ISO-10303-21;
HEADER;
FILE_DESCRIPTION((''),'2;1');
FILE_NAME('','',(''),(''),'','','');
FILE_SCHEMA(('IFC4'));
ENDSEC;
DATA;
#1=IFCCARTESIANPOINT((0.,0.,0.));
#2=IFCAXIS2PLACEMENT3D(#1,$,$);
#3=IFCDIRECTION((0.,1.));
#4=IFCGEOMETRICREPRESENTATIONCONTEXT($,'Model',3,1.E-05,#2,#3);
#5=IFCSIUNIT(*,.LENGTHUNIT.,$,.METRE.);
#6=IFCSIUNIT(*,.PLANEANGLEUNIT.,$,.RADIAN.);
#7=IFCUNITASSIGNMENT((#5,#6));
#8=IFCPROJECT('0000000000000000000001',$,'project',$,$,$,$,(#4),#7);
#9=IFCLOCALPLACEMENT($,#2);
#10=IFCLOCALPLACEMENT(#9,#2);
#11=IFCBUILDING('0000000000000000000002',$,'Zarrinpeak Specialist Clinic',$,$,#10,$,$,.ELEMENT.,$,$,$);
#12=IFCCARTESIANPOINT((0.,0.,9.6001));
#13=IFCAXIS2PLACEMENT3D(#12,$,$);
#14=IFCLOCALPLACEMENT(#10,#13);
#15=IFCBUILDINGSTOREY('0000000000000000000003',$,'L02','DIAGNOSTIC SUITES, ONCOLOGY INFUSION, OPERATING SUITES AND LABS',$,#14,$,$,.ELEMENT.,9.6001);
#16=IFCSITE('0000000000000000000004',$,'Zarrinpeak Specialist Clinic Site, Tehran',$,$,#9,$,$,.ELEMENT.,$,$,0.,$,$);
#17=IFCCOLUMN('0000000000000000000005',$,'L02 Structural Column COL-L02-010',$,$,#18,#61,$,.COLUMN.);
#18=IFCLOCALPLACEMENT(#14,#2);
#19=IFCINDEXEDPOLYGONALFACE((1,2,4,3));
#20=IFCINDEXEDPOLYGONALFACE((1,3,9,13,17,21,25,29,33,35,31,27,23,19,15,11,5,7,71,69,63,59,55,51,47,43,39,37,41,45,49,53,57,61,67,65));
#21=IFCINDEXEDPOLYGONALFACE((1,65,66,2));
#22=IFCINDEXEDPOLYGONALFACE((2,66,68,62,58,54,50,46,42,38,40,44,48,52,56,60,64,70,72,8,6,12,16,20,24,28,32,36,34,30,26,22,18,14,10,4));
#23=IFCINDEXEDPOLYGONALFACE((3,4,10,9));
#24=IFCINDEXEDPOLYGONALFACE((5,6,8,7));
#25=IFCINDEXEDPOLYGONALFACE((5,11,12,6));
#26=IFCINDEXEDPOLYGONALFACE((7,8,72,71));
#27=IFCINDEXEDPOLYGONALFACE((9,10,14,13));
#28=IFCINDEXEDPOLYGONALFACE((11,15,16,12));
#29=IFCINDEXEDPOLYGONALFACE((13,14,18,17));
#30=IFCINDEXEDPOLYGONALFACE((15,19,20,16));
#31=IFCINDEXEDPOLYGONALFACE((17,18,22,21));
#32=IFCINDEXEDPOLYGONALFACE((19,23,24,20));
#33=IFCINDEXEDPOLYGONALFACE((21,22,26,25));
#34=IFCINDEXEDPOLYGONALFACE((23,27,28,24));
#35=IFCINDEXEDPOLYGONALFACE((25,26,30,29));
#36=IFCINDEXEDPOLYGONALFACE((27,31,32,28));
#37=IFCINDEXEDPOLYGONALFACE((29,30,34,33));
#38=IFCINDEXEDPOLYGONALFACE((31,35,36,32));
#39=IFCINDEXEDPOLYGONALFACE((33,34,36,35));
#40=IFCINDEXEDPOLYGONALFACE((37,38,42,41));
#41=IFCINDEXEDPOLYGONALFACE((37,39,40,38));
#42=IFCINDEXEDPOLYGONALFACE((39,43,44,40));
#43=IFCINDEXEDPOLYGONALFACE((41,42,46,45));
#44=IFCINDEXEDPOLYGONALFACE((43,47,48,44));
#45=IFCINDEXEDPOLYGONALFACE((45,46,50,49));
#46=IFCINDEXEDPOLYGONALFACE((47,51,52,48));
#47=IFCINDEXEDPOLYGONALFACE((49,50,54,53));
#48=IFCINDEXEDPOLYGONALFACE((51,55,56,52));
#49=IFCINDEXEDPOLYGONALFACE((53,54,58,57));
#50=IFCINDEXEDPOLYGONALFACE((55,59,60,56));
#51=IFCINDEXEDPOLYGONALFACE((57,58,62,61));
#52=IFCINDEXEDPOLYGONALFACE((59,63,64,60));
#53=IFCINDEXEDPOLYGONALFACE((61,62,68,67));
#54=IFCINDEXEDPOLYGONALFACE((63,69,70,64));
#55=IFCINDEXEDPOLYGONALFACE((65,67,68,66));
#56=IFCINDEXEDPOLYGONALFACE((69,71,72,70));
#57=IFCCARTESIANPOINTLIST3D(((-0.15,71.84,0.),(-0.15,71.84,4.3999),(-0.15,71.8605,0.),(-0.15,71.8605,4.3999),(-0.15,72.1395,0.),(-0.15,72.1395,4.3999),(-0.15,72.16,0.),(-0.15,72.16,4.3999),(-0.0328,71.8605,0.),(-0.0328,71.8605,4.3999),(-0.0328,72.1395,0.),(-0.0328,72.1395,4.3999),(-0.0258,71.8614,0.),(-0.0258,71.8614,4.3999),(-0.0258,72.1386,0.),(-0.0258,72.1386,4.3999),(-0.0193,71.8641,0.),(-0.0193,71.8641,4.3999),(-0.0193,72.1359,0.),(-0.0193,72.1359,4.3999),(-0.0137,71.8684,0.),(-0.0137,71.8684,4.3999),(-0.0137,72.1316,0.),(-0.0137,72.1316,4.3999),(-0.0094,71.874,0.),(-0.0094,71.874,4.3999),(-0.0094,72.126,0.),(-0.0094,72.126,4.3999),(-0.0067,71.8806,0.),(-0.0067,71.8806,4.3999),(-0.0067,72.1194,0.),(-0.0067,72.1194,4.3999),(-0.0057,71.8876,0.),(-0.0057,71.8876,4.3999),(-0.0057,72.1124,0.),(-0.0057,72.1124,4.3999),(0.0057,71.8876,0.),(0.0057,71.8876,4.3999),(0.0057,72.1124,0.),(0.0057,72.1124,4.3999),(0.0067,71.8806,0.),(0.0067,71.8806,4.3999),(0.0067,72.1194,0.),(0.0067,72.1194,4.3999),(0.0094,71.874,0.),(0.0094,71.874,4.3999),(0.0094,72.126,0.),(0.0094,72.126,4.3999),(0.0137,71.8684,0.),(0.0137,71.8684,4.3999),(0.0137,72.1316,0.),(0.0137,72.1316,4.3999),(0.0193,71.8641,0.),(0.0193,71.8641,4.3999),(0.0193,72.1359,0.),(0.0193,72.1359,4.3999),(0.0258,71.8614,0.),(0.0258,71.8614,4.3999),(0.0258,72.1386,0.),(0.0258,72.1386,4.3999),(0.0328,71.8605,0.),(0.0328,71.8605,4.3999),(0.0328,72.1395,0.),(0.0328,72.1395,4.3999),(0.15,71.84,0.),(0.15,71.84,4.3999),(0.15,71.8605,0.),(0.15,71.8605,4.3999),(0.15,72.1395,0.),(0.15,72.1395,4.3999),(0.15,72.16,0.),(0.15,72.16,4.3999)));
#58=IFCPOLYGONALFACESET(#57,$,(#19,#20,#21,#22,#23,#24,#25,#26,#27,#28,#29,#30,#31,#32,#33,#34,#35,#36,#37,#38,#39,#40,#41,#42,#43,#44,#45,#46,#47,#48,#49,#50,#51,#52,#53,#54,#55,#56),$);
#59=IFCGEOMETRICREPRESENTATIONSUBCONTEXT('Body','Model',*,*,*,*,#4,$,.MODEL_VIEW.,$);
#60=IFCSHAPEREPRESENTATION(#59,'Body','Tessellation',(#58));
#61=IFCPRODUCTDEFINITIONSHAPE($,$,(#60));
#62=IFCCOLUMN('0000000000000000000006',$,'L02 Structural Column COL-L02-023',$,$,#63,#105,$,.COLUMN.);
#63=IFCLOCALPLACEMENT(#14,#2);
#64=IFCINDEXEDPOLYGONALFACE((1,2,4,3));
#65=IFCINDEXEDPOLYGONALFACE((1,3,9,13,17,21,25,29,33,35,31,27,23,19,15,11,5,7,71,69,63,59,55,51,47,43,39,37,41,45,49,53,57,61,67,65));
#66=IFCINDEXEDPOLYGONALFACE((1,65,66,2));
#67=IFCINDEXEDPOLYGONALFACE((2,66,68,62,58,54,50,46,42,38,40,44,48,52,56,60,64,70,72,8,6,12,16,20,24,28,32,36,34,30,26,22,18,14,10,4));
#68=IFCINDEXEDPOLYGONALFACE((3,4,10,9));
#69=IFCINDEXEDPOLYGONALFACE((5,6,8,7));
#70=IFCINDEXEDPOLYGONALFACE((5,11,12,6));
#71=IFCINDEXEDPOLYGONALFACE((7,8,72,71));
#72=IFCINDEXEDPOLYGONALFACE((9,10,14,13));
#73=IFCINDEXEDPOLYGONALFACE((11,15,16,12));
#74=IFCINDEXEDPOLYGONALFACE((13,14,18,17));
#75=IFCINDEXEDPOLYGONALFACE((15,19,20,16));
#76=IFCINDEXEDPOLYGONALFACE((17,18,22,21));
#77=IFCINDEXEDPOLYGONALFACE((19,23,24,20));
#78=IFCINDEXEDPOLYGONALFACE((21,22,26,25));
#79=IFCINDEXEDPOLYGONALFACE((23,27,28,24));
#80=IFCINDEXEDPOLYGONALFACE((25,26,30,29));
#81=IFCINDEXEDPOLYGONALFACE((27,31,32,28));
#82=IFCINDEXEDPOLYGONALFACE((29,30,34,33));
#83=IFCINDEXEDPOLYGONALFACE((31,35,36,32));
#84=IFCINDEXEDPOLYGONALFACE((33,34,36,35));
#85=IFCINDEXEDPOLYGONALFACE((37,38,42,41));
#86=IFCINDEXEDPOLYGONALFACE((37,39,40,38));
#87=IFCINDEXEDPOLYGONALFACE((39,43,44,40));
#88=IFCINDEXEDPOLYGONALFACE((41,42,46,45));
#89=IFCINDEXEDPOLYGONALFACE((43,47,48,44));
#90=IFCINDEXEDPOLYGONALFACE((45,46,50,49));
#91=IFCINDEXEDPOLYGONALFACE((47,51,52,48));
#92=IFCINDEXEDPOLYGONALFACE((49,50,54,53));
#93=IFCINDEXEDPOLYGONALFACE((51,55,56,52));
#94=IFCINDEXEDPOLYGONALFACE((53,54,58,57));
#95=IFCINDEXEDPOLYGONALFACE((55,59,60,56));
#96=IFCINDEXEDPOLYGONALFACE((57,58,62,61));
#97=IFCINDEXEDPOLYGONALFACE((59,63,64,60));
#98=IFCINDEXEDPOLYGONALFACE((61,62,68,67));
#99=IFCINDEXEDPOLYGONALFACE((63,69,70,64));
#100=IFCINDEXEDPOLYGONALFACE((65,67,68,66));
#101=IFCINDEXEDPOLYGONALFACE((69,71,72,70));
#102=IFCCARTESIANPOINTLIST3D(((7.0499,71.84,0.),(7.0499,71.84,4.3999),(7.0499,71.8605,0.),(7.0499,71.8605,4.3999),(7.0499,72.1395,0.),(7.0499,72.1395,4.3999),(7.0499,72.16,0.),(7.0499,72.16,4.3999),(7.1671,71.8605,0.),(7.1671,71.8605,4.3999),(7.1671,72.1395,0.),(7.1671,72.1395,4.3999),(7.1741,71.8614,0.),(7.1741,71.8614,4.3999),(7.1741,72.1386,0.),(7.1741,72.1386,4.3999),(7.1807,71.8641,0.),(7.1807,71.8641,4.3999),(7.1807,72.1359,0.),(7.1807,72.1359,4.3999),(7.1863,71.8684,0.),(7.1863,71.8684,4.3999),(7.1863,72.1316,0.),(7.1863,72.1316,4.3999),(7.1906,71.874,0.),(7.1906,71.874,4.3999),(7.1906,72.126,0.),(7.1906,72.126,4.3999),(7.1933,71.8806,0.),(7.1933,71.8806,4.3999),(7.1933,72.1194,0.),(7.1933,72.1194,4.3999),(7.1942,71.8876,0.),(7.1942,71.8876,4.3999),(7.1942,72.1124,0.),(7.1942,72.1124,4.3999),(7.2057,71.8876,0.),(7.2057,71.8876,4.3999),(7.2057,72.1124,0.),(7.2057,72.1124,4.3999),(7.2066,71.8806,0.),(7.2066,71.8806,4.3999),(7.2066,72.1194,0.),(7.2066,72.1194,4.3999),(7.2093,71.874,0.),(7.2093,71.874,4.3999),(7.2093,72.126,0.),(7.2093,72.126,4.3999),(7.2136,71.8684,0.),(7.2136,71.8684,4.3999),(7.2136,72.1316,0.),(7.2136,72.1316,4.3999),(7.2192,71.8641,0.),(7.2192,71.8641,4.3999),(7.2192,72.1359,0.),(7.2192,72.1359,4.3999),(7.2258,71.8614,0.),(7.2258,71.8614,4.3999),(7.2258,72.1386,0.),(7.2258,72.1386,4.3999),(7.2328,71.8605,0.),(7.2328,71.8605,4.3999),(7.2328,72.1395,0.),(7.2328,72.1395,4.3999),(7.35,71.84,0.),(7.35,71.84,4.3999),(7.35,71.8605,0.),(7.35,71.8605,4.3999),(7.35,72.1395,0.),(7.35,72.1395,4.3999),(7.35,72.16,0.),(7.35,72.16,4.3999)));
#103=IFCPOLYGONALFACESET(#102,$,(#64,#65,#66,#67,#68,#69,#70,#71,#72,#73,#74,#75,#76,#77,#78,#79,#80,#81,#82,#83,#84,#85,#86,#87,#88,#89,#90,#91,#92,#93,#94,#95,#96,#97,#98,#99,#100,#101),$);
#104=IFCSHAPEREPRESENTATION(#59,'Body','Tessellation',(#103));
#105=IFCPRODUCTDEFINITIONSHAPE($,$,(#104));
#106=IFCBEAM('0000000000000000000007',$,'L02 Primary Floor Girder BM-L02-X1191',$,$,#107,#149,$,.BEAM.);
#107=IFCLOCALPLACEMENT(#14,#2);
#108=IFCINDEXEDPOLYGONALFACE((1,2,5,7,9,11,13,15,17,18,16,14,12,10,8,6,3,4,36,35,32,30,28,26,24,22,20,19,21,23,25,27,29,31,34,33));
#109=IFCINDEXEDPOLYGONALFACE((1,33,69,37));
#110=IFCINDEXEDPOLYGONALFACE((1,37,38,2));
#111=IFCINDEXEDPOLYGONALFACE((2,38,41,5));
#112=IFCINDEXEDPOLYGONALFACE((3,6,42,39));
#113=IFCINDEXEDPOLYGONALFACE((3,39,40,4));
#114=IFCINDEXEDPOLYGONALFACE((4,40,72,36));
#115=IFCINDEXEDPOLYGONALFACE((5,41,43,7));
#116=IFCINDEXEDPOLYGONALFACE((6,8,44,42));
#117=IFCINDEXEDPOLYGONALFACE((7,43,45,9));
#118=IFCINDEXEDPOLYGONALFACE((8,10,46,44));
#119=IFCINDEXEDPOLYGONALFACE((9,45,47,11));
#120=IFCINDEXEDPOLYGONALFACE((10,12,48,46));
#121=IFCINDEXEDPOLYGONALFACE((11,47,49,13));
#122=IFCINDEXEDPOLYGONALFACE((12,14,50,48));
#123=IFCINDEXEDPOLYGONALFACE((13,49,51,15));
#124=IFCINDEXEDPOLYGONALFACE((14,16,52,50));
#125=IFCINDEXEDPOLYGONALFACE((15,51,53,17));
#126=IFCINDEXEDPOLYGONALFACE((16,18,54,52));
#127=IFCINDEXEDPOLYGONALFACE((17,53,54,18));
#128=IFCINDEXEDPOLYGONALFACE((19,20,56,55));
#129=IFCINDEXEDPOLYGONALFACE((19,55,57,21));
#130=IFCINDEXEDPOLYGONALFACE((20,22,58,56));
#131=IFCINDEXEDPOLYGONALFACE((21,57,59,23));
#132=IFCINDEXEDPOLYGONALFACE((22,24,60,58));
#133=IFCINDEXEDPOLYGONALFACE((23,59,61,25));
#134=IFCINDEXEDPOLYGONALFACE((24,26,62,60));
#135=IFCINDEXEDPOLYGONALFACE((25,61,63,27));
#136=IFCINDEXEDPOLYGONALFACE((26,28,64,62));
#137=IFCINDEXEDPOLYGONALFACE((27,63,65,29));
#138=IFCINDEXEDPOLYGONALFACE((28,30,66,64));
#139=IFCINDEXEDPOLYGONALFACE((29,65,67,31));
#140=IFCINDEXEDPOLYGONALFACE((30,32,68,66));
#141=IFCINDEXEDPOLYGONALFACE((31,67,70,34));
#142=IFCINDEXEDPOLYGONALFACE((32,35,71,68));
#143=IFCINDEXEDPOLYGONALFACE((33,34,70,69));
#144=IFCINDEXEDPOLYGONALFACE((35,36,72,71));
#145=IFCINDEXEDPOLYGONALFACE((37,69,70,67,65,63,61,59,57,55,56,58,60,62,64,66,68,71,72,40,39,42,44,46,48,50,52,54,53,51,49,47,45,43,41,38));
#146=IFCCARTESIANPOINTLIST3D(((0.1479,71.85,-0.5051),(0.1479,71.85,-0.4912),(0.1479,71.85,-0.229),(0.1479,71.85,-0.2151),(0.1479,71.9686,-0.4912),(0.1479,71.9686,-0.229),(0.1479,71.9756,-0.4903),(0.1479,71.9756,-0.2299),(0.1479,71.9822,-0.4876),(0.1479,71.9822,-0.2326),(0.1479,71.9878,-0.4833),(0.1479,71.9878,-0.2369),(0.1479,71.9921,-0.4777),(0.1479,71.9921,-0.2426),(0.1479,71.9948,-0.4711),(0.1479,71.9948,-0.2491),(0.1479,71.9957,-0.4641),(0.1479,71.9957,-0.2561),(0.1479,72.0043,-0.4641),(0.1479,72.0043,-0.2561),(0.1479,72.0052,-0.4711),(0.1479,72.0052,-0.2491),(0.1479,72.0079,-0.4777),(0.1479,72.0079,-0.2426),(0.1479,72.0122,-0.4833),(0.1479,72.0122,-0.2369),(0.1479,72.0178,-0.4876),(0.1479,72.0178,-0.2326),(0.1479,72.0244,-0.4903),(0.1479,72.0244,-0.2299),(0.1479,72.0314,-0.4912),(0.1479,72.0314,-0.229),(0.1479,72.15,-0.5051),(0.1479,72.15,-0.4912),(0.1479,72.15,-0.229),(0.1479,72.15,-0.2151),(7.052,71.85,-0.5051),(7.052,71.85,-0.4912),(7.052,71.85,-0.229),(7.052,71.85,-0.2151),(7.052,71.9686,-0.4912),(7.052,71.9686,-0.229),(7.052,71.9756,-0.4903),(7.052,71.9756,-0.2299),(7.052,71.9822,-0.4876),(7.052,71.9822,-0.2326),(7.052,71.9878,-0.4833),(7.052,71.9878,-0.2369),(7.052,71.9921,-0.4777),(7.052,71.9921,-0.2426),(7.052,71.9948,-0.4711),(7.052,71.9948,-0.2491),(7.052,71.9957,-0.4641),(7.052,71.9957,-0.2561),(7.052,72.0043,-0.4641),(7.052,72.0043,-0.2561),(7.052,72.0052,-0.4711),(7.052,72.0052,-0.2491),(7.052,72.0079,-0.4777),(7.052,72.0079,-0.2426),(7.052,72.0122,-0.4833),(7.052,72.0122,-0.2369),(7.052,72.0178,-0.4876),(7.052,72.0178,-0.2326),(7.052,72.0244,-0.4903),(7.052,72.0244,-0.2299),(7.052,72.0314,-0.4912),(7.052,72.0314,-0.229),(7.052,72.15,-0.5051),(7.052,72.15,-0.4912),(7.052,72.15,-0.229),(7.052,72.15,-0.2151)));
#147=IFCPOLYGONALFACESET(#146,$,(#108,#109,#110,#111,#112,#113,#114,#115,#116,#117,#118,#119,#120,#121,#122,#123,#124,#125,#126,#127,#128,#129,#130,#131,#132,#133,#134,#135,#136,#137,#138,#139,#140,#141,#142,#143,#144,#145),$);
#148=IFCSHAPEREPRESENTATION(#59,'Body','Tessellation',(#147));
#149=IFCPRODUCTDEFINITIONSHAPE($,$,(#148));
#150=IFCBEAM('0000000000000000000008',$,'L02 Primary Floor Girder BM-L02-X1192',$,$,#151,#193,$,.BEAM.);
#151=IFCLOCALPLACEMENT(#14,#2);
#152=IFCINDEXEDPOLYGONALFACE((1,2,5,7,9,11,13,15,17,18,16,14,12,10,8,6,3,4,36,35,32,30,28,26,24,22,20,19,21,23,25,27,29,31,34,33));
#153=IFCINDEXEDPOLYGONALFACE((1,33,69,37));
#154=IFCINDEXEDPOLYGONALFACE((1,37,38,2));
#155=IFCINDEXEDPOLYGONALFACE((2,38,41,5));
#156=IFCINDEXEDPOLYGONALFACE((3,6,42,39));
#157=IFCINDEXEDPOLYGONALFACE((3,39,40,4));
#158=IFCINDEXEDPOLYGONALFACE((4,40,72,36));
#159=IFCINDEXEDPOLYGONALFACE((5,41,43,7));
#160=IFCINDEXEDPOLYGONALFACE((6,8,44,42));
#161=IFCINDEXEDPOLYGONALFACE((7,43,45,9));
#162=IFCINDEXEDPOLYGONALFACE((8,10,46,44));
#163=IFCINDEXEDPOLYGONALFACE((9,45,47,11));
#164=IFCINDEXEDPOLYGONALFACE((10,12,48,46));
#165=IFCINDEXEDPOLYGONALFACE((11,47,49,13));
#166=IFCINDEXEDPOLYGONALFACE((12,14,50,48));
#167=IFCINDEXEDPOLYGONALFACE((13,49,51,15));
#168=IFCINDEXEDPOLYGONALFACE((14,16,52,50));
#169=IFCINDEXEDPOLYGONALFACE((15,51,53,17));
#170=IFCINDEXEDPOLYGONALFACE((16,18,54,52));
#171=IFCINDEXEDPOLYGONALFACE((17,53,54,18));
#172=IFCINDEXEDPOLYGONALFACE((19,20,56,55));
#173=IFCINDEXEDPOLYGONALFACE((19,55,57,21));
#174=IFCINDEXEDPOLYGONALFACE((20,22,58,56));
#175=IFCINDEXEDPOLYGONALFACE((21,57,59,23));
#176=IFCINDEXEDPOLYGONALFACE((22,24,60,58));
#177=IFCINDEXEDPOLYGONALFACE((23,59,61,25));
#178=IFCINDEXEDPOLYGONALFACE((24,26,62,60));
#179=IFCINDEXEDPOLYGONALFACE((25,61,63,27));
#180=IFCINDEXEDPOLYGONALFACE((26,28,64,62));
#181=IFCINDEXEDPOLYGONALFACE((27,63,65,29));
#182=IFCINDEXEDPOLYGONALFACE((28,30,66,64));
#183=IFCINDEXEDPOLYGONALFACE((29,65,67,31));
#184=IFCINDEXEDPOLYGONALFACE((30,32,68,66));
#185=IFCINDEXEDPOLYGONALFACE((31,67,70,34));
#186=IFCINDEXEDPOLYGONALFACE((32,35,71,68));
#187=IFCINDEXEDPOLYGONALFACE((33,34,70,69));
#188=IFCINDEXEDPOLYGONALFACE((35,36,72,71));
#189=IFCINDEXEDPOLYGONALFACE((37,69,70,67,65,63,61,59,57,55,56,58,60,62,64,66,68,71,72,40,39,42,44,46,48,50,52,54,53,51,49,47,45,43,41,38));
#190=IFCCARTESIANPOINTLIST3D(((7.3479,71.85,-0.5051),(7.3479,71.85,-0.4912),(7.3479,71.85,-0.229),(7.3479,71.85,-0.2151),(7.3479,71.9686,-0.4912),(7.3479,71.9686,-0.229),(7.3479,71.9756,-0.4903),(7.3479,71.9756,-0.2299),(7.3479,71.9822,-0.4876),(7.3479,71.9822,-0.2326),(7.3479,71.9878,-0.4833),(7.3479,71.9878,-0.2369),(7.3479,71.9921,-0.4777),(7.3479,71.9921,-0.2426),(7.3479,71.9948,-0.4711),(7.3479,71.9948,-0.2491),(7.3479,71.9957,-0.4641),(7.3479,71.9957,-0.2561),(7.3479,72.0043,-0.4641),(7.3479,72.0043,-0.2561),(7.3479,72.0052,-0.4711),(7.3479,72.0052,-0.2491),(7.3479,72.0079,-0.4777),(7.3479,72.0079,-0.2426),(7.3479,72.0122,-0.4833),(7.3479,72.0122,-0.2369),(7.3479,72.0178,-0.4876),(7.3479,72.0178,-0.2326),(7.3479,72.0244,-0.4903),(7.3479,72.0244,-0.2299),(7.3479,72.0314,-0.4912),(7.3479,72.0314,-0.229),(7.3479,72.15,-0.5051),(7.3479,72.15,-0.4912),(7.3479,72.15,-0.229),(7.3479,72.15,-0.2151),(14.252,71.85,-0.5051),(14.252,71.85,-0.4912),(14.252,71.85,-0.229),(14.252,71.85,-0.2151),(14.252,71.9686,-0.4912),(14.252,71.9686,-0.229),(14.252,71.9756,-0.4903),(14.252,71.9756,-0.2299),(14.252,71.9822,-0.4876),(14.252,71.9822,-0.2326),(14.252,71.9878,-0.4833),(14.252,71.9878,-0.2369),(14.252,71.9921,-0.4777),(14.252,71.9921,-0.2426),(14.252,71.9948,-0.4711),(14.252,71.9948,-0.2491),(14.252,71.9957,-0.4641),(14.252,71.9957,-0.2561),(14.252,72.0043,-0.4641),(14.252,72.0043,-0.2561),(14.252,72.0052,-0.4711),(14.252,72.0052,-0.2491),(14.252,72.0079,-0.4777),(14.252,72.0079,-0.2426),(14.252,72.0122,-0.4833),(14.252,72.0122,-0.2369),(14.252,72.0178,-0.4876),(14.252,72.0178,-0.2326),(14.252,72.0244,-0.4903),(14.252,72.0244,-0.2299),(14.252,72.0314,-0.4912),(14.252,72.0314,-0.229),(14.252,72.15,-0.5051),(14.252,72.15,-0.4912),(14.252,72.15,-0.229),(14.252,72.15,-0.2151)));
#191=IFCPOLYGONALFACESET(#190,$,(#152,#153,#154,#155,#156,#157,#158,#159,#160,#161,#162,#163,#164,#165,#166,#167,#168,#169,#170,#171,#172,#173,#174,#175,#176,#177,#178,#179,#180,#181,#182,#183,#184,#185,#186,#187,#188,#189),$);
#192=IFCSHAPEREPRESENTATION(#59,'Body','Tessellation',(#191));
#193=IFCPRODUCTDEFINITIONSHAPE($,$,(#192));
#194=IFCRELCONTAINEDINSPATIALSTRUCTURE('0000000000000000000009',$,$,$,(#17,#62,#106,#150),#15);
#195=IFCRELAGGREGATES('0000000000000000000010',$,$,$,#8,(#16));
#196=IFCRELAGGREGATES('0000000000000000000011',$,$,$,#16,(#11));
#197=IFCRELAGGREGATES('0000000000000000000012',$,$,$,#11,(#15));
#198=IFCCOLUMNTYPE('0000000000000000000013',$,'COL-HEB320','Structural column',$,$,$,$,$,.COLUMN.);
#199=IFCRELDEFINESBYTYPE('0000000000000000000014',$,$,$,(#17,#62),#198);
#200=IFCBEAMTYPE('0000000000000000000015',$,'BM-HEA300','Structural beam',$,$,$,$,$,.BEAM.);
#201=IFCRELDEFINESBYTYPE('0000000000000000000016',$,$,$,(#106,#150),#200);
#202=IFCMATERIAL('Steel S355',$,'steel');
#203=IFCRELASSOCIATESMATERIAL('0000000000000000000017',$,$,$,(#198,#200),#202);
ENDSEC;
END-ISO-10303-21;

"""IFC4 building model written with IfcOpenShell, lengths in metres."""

from ifc_helpers import new_model, si_unit, direction, frame, origin, origin_2d, place, context, subcontext, project, spatial, i_section, extrude, material, material_profile, profile_set, type_object, element, save


model = new_model("IFC4")

# Units and contexts
model_context = context("Model", 3, precision=1e-05, world=origin(), true_north=direction((0.0, 1.0)))
body_context = subcontext(model_context, "Body", "Model", "MODEL_VIEW")
ifc_project = project(units=[si_unit("LENGTHUNIT", "METRE"), si_unit("PLANEANGLEUNIT", "RADIAN")], contexts=[model_context])

# Site, building, storey
site_placement = place(None, origin())
site = spatial("IfcSite", under=ifc_project, at=site_placement, Name="Zarrinpeak Specialist Clinic Site, Tehran", CompositionType="ELEMENT", RefElevation=0.0)
building_placement = place(site_placement, origin())
building = spatial("IfcBuilding", under=site, at=building_placement, Name="Zarrinpeak Specialist Clinic", CompositionType="ELEMENT")
storey_placement = place(building_placement, frame((0.0, 0.0, 9.6001)))
storey = spatial("IfcBuildingStorey", under=building, at=storey_placement, Name="L02", Description="DIAGNOSTIC SUITES, ONCOLOGY INFUSION, OPERATING SUITES AND LABS", CompositionType="ELEMENT", Elevation=9.6001)

# Columns
ifc_material_1 = material(Name="Steel S355", Category="steel")
ifc_material_profile_1 = material_profile(ifc_material_1, i_section(OverallWidth=0.3, OverallDepth=0.3201, WebThickness=0.0115, FlangeThickness=0.0205, FilletRadius=0.0271, at=origin_2d()), Name="HEB 320")
ifc_profile_set_1 = profile_set([ifc_material_profile_1], Name="Steel S355")
column_type = type_object("IfcColumnType", Name="COL-HEB320", Description="Structural column", PredefinedType="COLUMN", material=ifc_profile_set_1)
for number, where, z_axis, x_axis, name in (
    (1, (0.0, 72.0, 0.0), (0.0, 0.0, 1.0), (1.0, 0.0, 0.0), "L02 Structural Column COL-L02-010"),
    (2, (7.2, 72.0, 0.0), (0.0, 0.0, 1.0), (1.0, 0.0, 0.0), "L02 Structural Column COL-L02-023"),
):
    element("IfcColumn", number, at=place(storey_placement, frame(where, z_axis=z_axis, x_axis=x_axis)), inside=storey, type_object=column_type, Name=name, PredefinedType="COLUMN", context=body_context, shape_type="SweptSolid", body=[
        extrude(i_section(OverallWidth=0.3, OverallDepth=0.3201, WebThickness=0.0115, FlangeThickness=0.0205, FilletRadius=0.0271, at=origin_2d()), origin(), (0.0, 0.0, 1.0), 4.3999),
    ])

# Beams
ifc_material_profile_2 = material_profile(ifc_material_1, i_section(OverallWidth=0.3, OverallDepth=0.29, WebThickness=0.0085, FlangeThickness=0.0139, FilletRadius=0.0271, at=origin_2d()), Name="HEA 300")
ifc_profile_set_2 = profile_set([ifc_material_profile_2], Name="Steel S355")
beam_type = type_object("IfcBeamType", Name="BM-HEA300", Description="Structural beam", PredefinedType="BEAM", material=ifc_profile_set_2)
for number, where, z_axis, x_axis, name in (
    (3, (0.1479, 72.0, -0.3601), (1.0, 0.0, 0.0), (0.0, 1.0, 0.0), "L02 Primary Floor Girder BM-L02-X1191"),
    (4, (7.3479, 72.0, -0.3601), (1.0, 0.0, 0.0), (0.0, 1.0, 0.0), "L02 Primary Floor Girder BM-L02-X1192"),
):
    element("IfcBeam", number, at=place(storey_placement, frame(where, z_axis=z_axis, x_axis=x_axis)), inside=storey, type_object=beam_type, Name=name, PredefinedType="BEAM", context=body_context, shape_type="SweptSolid", body=[
        extrude(i_section(OverallWidth=0.3, OverallDepth=0.29, WebThickness=0.0085, FlangeThickness=0.0139, FilletRadius=0.0271, at=origin_2d()), origin(), (0.0, 0.0, 1.0), 6.9041),
    ])

save(model, "model.ifc")
